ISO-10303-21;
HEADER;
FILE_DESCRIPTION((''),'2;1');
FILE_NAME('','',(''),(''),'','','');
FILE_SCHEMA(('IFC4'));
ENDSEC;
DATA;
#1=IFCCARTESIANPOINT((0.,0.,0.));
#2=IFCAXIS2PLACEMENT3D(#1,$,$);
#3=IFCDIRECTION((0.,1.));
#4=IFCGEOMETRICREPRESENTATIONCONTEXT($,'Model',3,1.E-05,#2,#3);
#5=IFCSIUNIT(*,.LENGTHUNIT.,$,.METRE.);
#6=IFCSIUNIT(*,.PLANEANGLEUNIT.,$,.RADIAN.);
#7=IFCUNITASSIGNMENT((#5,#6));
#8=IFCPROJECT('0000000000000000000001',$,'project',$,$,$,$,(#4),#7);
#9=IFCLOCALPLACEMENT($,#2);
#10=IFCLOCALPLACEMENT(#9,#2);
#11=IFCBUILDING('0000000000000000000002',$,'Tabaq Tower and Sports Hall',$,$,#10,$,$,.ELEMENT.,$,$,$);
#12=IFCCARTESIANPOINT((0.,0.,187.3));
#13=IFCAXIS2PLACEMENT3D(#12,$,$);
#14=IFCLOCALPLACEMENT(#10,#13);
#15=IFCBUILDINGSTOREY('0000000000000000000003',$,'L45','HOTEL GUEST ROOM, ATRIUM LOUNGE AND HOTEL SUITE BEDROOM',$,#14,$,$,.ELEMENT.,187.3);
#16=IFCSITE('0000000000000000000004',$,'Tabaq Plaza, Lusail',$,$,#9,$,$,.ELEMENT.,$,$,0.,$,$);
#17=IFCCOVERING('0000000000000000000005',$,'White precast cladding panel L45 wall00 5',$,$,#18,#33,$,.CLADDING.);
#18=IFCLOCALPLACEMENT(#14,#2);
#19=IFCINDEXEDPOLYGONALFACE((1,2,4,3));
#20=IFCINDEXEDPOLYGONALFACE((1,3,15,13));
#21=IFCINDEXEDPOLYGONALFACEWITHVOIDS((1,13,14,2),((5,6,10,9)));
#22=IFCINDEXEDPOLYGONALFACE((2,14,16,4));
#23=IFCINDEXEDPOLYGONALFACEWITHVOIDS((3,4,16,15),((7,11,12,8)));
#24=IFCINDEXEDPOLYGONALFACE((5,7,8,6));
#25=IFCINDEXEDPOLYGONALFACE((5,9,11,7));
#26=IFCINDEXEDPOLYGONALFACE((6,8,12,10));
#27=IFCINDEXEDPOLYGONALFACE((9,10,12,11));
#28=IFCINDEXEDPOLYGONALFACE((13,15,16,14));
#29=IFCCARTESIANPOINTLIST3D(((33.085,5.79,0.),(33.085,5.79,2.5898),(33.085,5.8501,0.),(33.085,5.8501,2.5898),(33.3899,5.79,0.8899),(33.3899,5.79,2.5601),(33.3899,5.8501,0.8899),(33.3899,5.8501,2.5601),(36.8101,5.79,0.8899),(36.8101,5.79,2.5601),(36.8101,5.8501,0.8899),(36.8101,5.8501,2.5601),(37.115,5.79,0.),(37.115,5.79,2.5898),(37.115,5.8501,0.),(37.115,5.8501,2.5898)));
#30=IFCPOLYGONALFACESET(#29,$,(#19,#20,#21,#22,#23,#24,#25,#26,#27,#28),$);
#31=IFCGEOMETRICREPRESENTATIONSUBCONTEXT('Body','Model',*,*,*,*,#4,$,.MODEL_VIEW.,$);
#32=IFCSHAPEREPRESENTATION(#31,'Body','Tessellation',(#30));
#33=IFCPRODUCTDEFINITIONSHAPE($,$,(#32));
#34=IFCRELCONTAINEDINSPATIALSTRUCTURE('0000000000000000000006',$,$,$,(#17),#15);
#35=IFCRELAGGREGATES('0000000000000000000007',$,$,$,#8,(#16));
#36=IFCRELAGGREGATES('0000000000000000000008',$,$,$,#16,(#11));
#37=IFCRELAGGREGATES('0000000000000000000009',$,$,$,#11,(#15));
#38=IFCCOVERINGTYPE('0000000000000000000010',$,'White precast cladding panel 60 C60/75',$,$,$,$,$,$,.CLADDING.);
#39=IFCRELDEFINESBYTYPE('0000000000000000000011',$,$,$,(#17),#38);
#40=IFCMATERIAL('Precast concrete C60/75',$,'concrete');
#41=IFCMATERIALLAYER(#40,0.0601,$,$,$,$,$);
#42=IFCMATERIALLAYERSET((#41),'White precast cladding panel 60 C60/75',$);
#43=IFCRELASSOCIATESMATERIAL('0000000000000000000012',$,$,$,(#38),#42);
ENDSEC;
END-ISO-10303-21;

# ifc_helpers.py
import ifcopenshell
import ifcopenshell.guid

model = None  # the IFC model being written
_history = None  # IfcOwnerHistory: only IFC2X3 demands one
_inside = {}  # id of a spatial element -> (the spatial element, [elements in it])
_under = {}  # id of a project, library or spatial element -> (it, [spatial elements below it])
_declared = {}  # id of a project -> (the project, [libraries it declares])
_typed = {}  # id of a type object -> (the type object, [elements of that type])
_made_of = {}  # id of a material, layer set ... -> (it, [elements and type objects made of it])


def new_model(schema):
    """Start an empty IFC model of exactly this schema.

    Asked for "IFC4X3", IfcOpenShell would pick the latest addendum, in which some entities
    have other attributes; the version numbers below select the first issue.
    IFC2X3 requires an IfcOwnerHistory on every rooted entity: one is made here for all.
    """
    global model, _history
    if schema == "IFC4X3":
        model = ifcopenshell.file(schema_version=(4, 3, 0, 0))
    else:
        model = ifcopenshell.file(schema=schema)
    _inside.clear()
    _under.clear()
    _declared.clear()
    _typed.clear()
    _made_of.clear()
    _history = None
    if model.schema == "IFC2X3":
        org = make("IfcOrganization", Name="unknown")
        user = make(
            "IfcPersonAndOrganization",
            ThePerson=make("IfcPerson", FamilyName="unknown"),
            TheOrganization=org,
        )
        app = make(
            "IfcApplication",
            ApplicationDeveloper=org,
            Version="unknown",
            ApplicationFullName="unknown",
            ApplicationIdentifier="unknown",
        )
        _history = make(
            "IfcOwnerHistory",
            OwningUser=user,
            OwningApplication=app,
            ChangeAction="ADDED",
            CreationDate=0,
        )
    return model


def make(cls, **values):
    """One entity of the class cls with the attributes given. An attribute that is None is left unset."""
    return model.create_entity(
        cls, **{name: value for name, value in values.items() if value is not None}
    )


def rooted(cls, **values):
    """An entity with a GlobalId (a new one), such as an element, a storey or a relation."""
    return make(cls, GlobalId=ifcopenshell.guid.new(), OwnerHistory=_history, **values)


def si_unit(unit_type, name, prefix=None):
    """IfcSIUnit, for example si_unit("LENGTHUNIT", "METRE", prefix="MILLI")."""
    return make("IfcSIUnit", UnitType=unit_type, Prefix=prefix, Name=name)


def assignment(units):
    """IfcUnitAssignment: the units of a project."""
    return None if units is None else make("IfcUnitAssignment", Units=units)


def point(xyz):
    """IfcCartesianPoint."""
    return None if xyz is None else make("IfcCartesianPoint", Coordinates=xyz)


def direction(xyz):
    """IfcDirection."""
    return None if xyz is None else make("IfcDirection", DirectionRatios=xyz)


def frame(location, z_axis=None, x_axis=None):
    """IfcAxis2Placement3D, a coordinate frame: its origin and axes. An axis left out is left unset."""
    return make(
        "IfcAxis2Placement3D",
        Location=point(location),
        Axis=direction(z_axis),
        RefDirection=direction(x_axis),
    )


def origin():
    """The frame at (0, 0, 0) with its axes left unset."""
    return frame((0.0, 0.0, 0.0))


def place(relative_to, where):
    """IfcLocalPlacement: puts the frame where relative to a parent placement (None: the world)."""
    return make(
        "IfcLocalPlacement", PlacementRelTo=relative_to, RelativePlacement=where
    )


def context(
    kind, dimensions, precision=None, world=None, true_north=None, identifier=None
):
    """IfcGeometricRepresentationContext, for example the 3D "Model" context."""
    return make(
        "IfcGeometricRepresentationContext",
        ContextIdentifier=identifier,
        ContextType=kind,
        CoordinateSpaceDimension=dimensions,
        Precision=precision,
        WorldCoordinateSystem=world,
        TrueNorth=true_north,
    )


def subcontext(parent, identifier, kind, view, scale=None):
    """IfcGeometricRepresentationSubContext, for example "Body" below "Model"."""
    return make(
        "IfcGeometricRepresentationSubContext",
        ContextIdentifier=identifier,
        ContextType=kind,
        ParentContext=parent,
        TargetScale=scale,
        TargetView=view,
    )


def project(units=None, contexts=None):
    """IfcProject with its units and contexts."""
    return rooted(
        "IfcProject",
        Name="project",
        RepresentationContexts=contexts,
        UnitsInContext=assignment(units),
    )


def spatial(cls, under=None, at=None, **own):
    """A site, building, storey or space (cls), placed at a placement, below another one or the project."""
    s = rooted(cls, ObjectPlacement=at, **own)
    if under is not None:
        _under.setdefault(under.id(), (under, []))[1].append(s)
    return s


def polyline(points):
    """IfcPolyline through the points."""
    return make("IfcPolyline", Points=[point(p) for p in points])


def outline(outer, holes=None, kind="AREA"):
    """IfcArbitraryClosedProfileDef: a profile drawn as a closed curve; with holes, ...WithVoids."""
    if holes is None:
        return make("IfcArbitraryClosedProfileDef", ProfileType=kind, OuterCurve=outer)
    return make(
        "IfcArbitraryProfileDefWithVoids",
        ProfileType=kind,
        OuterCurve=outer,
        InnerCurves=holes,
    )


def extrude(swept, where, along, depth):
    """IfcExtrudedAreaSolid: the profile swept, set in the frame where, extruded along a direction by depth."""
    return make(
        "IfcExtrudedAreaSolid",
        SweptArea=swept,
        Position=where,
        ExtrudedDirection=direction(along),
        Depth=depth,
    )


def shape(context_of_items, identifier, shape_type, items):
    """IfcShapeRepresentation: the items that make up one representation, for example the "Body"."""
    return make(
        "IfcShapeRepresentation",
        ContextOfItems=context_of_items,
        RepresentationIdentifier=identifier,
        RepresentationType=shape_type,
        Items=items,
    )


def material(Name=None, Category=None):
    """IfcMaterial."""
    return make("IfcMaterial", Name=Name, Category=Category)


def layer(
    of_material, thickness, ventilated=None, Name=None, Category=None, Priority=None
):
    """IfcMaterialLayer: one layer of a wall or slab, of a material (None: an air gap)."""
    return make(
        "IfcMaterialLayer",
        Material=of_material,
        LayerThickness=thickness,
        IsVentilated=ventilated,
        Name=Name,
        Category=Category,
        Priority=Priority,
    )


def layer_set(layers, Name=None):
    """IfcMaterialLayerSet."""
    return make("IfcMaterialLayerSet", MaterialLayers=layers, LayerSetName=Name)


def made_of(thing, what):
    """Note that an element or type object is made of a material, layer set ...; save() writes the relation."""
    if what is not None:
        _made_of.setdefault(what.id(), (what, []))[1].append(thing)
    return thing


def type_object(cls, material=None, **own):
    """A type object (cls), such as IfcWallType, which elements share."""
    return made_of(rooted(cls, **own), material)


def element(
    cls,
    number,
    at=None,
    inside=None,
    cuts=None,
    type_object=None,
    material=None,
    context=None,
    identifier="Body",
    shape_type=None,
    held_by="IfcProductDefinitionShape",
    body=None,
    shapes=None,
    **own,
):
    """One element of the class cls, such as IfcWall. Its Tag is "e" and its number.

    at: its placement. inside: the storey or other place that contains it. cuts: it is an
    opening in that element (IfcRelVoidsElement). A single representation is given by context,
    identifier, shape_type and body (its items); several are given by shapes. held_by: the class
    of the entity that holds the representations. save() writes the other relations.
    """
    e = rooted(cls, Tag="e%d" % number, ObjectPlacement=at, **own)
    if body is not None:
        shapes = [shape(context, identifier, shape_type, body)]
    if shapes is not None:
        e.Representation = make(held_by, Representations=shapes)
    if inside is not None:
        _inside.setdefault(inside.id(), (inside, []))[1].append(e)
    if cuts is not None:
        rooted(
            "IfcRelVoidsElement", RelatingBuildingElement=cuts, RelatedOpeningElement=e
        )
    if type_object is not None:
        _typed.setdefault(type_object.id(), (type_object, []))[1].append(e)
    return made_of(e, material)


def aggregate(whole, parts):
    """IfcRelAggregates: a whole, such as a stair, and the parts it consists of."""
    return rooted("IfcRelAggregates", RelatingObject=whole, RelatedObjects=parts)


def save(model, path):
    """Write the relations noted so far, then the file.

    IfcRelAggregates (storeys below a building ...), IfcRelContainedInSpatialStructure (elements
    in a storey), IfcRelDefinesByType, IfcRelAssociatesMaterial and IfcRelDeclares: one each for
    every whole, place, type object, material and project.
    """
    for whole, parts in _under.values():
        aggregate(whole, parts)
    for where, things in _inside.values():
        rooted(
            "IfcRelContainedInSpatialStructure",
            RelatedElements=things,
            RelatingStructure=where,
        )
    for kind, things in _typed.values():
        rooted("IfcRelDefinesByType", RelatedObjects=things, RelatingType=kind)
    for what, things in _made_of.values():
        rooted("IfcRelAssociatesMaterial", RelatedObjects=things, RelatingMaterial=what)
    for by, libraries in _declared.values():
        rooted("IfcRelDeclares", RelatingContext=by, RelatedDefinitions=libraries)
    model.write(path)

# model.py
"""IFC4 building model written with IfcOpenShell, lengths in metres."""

from ifc_helpers import new_model, si_unit, direction, frame, origin, place, context, subcontext, project, spatial, polyline, outline, extrude, material, layer, layer_set, type_object, element, save


model = new_model("IFC4")

# Units and contexts
model_context = context("Model", 3, precision=1e-05, world=origin(), true_north=direction((0.0, 1.0)))
body_context = subcontext(model_context, "Body", "Model", "MODEL_VIEW")
ifc_project = project(units=[si_unit("LENGTHUNIT", "METRE"), si_unit("PLANEANGLEUNIT", "RADIAN")], contexts=[model_context])

# Site, building, storey
site_placement = place(None, origin())
site = spatial("IfcSite", under=ifc_project, at=site_placement, Name="Tabaq Plaza, Lusail", CompositionType="ELEMENT", RefElevation=0.0)
building_placement = place(site_placement, origin())
building = spatial("IfcBuilding", under=site, at=building_placement, Name="Tabaq Tower and Sports Hall", CompositionType="ELEMENT")
storey_placement = place(building_placement, frame((0.0, 0.0, 187.3)))
storey = spatial("IfcBuildingStorey", under=building, at=storey_placement, Name="L45", Description="HOTEL GUEST ROOM, ATRIUM LOUNGE AND HOTEL SUITE BEDROOM", CompositionType="ELEMENT", Elevation=187.3)

# Covering
ifc_material_1 = material(Name="Precast concrete C60/75", Category="concrete")
ifc_layer_1 = layer(ifc_material_1, 0.0601)
ifc_layer_set_1 = layer_set([ifc_layer_1], Name="White precast cladding panel 60 C60/75")
covering_type = type_object("IfcCoveringType", Name="White precast cladding panel 60 C60/75", PredefinedType="CLADDING", material=ifc_layer_set_1)
covering_1_placement = place(storey_placement, frame((33.085, 5.8201, 0.0), z_axis=(0.0, 0.0, 1.0), x_axis=(1.0, 0.0, 0.0)))
element("IfcCovering", 1, at=covering_1_placement, inside=storey, type_object=covering_type, Name="White precast cladding panel L45 wall00 5", PredefinedType="CLADDING", context=body_context, shape_type="SweptSolid", body=[
    extrude(outline(polyline([(0.0, 0.0), (4.03, 0.0), (4.03, 2.5898), (0.0, 2.5898), (0.0, 0.0)]), holes=[polyline([(3.7251, 0.8899), (0.3049, 0.8899), (0.3049, 2.5601), (3.7251, 2.5601), (3.7251, 0.8899)])]), frame((0.0, 0.03, 0.0), z_axis=(0.0, -1.0, 0.0), x_axis=(1.0, 0.0, 0.0)), (0.0, 0.0, 1.0), 0.0601),
])

save(model, "model.ifc")
